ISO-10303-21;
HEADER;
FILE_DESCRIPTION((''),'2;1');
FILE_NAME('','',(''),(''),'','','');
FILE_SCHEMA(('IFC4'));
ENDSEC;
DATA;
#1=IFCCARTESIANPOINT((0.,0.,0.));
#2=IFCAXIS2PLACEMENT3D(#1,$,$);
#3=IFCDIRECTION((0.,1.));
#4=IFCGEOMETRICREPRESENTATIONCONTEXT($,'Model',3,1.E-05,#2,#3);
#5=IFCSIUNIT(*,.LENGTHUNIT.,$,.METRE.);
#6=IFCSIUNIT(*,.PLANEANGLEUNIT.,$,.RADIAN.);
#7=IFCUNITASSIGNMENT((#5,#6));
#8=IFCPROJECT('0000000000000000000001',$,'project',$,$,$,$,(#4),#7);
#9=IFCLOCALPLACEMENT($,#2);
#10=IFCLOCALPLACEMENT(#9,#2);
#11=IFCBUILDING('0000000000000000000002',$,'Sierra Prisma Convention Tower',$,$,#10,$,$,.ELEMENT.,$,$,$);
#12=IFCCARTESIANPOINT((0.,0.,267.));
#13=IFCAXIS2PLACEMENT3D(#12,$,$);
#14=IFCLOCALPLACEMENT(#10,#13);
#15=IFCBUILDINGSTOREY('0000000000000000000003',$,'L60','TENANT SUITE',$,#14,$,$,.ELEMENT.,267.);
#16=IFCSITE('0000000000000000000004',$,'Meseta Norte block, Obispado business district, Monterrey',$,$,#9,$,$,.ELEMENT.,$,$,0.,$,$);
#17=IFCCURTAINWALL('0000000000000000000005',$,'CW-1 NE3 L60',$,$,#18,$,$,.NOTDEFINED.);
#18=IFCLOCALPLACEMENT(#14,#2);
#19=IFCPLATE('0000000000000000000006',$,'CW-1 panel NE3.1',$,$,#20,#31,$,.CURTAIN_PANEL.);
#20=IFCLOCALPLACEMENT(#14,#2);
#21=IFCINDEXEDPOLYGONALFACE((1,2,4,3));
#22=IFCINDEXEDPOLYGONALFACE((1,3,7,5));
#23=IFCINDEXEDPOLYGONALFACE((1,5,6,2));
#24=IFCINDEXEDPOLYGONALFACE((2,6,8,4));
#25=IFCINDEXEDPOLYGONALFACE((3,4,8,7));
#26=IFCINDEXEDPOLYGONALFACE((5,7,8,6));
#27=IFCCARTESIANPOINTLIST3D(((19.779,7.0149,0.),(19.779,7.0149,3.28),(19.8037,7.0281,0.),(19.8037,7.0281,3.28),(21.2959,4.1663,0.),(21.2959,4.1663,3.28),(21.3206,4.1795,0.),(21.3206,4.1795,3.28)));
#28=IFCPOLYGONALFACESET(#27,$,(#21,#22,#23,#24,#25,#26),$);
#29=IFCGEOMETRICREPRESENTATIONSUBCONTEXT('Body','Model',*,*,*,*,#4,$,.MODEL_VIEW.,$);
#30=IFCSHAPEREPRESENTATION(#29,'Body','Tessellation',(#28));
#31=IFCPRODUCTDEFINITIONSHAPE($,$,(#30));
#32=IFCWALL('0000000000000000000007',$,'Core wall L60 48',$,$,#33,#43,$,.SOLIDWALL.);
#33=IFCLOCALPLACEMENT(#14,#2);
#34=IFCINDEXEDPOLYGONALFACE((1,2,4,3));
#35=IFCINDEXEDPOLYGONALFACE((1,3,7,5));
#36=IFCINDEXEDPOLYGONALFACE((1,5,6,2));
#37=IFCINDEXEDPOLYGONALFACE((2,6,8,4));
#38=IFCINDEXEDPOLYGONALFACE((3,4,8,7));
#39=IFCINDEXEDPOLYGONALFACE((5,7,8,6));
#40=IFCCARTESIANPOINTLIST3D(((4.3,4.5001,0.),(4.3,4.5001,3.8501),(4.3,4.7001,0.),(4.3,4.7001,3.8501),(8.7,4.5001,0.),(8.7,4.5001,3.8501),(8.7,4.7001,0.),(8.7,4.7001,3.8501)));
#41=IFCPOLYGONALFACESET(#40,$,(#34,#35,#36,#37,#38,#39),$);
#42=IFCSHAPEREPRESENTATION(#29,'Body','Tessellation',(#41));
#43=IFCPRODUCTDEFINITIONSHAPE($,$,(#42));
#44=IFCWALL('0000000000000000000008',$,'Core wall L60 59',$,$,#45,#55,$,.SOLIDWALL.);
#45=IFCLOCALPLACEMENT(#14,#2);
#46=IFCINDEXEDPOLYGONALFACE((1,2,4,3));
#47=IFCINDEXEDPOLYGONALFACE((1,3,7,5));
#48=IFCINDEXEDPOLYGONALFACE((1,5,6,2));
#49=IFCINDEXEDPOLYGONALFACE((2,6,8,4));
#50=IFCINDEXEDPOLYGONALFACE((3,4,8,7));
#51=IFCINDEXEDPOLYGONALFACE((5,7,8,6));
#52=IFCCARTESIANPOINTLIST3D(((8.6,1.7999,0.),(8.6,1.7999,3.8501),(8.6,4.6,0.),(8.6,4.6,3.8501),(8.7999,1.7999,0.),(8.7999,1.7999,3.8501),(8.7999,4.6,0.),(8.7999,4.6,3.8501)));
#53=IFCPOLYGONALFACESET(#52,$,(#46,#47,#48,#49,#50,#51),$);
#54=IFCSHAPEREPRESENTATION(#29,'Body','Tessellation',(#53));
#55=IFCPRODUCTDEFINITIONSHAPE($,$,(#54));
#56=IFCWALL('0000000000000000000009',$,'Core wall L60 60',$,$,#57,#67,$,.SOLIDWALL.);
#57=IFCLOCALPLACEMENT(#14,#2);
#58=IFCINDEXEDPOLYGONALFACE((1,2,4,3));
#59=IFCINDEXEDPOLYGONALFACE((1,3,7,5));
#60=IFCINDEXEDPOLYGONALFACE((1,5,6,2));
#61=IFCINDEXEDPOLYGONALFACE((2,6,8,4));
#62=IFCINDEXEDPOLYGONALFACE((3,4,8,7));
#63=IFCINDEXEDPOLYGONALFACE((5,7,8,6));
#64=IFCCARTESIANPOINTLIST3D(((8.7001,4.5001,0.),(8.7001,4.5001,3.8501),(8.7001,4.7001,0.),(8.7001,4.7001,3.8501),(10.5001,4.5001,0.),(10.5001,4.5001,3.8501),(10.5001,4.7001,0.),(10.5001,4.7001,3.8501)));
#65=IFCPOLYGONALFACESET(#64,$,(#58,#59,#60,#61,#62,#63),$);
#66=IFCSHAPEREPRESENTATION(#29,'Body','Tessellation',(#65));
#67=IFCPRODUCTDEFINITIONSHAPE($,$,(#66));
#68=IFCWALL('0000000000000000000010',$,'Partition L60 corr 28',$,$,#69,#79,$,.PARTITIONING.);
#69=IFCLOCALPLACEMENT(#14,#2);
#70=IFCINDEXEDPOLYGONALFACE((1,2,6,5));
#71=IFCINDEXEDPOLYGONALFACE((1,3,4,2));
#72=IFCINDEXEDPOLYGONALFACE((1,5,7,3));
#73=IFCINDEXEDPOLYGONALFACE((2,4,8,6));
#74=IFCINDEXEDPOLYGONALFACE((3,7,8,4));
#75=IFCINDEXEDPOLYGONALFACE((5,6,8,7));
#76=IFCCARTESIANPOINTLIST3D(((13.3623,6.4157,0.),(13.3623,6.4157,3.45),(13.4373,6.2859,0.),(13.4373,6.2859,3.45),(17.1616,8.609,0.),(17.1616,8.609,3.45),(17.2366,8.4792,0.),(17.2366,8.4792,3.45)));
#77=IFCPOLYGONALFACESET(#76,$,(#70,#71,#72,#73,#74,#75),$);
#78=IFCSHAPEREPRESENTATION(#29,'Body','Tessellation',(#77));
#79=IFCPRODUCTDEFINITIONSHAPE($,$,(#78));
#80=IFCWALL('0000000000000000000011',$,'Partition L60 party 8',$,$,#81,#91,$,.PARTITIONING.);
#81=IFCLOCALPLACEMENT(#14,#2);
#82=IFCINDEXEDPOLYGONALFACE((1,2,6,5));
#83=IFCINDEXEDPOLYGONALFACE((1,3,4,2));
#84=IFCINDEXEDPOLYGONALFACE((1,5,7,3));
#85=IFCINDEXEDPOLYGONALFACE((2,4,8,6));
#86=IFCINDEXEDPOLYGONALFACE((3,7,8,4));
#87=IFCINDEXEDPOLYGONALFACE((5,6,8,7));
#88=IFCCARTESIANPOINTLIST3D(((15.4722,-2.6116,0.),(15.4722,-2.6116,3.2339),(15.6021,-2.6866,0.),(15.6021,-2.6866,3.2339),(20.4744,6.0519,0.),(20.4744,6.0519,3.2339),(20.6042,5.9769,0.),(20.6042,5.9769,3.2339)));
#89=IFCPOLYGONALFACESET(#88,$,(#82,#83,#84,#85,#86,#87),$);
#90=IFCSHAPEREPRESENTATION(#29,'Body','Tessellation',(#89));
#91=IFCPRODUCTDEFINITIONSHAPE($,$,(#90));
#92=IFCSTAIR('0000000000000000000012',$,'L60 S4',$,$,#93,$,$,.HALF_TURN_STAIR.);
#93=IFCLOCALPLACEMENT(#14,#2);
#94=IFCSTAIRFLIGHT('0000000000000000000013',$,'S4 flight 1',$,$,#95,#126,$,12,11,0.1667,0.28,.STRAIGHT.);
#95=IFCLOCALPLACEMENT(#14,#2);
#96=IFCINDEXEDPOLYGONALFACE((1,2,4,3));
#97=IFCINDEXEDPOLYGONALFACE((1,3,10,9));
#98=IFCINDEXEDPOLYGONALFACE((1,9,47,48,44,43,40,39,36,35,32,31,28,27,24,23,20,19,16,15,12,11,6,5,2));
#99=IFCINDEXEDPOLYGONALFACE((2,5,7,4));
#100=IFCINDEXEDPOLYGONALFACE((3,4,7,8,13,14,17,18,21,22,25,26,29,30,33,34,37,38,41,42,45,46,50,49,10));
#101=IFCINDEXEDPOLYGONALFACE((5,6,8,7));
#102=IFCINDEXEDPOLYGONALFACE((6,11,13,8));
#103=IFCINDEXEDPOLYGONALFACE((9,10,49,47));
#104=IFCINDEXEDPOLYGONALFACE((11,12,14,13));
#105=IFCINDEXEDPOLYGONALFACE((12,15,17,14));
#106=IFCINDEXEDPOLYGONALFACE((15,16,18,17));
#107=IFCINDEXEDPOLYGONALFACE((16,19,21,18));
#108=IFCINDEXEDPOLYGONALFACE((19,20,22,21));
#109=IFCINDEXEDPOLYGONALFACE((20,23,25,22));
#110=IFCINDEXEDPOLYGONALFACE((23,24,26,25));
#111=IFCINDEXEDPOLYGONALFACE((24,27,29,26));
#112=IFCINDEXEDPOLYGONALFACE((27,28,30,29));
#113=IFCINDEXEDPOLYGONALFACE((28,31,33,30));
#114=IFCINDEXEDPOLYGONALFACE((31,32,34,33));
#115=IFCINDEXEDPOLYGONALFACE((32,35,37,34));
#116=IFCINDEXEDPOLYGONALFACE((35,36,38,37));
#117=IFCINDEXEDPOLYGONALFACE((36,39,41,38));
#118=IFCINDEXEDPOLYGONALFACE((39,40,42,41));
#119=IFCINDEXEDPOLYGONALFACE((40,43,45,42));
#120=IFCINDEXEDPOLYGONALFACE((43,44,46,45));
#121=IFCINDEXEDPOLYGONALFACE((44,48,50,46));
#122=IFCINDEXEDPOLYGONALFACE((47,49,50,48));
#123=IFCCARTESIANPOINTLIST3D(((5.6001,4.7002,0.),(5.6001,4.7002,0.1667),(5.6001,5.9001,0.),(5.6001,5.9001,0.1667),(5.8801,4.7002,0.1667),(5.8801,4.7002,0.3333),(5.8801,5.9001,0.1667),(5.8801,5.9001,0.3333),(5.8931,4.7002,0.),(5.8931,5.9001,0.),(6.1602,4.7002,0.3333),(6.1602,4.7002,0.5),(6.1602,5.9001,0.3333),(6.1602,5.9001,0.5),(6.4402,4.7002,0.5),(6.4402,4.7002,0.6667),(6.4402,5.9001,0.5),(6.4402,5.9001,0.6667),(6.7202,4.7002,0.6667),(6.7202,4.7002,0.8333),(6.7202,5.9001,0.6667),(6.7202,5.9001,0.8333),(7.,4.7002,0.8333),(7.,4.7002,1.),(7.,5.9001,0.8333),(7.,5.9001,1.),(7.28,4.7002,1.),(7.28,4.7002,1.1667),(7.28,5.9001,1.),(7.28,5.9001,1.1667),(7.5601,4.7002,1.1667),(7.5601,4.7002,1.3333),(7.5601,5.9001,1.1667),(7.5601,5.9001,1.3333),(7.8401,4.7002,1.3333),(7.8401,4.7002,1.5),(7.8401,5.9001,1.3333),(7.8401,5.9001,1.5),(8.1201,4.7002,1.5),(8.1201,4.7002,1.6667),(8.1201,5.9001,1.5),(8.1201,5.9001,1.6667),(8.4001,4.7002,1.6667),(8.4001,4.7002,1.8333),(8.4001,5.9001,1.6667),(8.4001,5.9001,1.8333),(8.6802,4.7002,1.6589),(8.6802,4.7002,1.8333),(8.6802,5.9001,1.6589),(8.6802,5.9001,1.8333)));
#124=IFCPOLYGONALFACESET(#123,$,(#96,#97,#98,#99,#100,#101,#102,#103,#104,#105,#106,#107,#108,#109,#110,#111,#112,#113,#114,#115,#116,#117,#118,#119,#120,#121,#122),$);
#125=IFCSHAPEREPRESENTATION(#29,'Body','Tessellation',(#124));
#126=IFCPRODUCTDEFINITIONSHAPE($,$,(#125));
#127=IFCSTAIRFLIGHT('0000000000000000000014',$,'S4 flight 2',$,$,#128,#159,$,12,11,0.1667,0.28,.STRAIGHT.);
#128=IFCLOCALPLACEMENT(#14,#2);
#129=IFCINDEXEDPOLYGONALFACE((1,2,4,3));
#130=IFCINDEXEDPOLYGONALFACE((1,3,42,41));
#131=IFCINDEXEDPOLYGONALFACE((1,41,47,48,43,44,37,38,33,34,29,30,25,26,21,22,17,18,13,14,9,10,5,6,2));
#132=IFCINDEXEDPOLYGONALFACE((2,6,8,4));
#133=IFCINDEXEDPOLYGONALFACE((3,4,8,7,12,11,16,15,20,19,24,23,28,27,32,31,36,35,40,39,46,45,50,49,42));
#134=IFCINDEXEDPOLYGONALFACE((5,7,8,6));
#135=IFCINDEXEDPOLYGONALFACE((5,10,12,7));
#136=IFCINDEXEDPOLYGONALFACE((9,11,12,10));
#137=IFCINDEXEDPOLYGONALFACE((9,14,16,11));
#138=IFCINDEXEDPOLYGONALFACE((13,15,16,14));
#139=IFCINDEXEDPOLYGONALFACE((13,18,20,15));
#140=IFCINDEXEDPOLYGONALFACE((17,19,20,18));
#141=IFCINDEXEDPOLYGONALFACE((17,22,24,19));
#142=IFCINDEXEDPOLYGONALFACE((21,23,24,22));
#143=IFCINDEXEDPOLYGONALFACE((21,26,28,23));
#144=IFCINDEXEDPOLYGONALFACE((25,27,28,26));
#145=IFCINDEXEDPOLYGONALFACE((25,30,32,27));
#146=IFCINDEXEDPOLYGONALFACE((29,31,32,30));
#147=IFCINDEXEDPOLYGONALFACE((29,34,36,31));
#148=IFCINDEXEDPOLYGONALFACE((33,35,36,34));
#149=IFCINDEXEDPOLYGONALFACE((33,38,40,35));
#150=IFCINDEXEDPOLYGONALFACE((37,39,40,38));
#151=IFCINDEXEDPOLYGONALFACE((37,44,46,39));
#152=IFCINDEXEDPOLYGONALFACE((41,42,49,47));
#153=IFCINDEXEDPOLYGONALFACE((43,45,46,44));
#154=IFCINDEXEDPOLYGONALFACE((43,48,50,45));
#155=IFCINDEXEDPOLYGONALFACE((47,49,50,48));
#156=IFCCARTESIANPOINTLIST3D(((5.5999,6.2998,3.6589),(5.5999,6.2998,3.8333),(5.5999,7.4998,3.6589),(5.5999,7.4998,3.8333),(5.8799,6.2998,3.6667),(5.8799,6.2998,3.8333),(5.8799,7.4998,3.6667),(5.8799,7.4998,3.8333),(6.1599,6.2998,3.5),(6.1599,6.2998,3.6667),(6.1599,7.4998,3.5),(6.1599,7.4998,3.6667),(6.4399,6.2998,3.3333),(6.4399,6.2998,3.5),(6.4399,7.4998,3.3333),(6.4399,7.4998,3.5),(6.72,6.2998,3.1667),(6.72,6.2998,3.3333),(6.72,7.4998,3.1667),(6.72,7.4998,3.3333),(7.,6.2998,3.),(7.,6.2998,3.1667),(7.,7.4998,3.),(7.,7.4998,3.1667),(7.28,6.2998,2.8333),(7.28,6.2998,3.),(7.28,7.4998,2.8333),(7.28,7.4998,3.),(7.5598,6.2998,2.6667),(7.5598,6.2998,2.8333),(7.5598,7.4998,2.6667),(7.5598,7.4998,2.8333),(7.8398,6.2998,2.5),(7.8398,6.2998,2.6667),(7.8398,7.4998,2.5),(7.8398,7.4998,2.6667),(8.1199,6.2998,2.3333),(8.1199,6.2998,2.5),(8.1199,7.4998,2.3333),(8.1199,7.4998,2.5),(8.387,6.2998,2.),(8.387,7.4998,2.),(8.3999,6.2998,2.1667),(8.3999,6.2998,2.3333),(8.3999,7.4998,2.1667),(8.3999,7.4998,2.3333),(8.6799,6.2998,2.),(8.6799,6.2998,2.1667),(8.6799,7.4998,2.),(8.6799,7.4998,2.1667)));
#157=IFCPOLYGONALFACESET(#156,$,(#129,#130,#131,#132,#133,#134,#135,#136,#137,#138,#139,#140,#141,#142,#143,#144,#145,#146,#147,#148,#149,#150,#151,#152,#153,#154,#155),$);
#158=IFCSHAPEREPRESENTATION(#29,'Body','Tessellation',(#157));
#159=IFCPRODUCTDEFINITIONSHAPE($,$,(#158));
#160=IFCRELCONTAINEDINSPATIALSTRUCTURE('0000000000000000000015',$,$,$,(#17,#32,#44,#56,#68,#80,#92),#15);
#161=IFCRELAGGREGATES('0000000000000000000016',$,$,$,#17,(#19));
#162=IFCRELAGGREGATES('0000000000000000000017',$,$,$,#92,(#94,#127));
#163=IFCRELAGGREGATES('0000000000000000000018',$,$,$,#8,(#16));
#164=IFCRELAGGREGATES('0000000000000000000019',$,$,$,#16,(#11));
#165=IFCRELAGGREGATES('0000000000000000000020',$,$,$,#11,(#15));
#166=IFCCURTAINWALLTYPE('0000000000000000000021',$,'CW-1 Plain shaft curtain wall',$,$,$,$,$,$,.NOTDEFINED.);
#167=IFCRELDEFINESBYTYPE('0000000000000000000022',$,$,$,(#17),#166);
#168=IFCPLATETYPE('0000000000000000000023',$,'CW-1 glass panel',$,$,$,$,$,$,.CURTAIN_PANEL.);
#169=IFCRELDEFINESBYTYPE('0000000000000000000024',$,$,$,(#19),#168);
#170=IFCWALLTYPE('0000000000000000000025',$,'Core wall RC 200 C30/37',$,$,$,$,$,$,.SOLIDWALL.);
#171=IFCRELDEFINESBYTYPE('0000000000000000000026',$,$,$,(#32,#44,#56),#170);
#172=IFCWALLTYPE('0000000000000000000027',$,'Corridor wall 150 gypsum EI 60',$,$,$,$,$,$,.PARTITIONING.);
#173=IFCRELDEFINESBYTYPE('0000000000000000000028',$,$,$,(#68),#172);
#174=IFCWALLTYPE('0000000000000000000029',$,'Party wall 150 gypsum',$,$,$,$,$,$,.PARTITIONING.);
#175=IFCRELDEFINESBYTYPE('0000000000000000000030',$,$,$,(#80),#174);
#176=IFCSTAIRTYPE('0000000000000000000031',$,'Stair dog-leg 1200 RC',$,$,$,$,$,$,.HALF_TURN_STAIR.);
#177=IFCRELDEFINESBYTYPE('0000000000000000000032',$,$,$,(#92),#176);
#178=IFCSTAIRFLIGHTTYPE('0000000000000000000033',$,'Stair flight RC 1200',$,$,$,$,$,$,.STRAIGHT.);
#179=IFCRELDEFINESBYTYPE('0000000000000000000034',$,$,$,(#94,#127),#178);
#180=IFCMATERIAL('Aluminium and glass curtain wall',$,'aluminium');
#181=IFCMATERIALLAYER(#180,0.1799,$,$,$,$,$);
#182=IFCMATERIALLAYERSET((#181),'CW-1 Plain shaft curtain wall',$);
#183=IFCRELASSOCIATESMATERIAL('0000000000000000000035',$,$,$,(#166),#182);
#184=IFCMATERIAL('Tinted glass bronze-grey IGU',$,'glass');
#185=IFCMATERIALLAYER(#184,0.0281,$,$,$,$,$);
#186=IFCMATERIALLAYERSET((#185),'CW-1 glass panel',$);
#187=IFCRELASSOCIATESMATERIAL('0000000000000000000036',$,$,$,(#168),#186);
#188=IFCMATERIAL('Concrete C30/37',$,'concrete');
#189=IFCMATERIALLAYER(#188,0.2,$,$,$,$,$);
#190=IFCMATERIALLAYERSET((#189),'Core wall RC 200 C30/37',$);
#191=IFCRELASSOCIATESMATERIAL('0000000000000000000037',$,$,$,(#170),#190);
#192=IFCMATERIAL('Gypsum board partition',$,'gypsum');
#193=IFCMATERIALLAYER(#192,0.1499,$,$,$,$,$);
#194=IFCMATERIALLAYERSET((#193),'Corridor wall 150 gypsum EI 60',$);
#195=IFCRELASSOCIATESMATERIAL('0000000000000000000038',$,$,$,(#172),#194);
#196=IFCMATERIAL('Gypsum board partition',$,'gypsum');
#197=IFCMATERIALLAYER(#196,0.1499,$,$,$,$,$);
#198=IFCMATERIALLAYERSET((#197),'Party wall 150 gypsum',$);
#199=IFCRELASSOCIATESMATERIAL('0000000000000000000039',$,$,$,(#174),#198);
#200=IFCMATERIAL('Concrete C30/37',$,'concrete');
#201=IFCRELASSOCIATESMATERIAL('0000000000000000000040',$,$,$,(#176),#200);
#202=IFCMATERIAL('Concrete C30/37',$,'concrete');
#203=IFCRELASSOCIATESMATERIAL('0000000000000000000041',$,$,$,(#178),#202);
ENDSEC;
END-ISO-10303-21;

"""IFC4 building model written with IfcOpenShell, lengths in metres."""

from ifc_helpers import new_model, si_unit, direction, frame, frame_2d, origin, origin_2d, place, context, subcontext, project, spatial, polyline, rectangle, outline, extrude, material, layer, layer_set, type_object, element, aggregate, save


model = new_model("IFC4")

# Units and contexts
model_context = context("Model", 3, precision=1e-05, world=origin(), true_north=direction((0.0, 1.0)))
body_context = subcontext(model_context, "Body", "Model", "MODEL_VIEW")
ifc_project = project(units=[si_unit("LENGTHUNIT", "METRE"), si_unit("PLANEANGLEUNIT", "RADIAN")], contexts=[model_context])

# Site, building, storey
site_placement = place(None, origin())
site = spatial("IfcSite", under=ifc_project, at=site_placement, Name="Meseta Norte block, Obispado business district, Monterrey", CompositionType="ELEMENT", RefElevation=0.0)
building_placement = place(site_placement, origin())
building = spatial("IfcBuilding", under=site, at=building_placement, Name="Sierra Prisma Convention Tower", CompositionType="ELEMENT")
storey_placement = place(building_placement, frame((0.0, 0.0, 267.0)))
storey = spatial("IfcBuildingStorey", under=building, at=storey_placement, Name="L60", Description="TENANT SUITE", CompositionType="ELEMENT", Elevation=267.0)

# Shared definitions
ifc_material_1 = material(Name="Aluminium and glass curtain wall", Category="aluminium")
ifc_layer_1 = layer(ifc_material_1, 0.1799)
ifc_layer_set_1 = layer_set([ifc_layer_1], Name="CW-1 Plain shaft curtain wall")
curtain_wall_type = type_object("IfcCurtainWallType", Name="CW-1 Plain shaft curtain wall", PredefinedType="NOTDEFINED", material=ifc_layer_set_1)

# Curtain wall
curtain_wall_1_placement = place(storey_placement, origin())
curtain_wall_1 = element("IfcCurtainWall", 1, at=curtain_wall_1_placement, inside=storey, type_object=curtain_wall_type, Name="CW-1 NE3 L60", PredefinedType="NOTDEFINED")

# Plate
ifc_material_2 = material(Name="Tinted glass bronze-grey IGU", Category="glass")
ifc_layer_2 = layer(ifc_material_2, 0.0281)
ifc_layer_set_2 = layer_set([ifc_layer_2], Name="CW-1 glass panel")
plate_type = type_object("IfcPlateType", Name="CW-1 glass panel", PredefinedType="CURTAIN_PANEL", material=ifc_layer_set_2)
plate_1_placement = place(storey_placement, frame((20.5498, 5.5972, 0.0), z_axis=(0.0, 0.0, 1.0), x_axis=(-0.470023, 0.882654, 0.0)))
plate_1 = element("IfcPlate", 2, at=plate_1_placement, type_object=plate_type, Name="CW-1 panel NE3.1", PredefinedType="CURTAIN_PANEL", context=body_context, shape_type="SweptSolid", body=[
    extrude(rectangle(XDim=3.2273, YDim=0.0281, at=origin_2d()), origin(), (0.0, 0.0, 1.0), 3.28),
])
aggregate(curtain_wall_1, [plate_1])

# Wall
ifc_material_3 = material(Name="Concrete C30/37", Category="concrete")
ifc_layer_3 = layer(ifc_material_3, 0.2)
ifc_layer_set_3 = layer_set([ifc_layer_3], Name="Core wall RC 200 C30/37")
wall_type_1 = type_object("IfcWallType", Name="Core wall RC 200 C30/37", PredefinedType="SOLIDWALL", material=ifc_layer_set_3)
wall_1_placement = place(storey_placement, frame((8.7, 4.6001, 0.0), z_axis=(0.0, 0.0, 1.0), x_axis=(-1.0, 0.0, 0.0)))
element("IfcWall", 3, at=wall_1_placement, inside=storey, type_object=wall_type_1, Name="Core wall L60 48", PredefinedType="SOLIDWALL", context=body_context, shape_type="SweptSolid", body=[
    extrude(rectangle(XDim=4.3999, YDim=0.2, at=frame_2d((2.2, 0.0))), origin(), (0.0, 0.0, 1.0), 3.8501),
])

# Walls
wall_2_placement = place(storey_placement, frame((8.7, 1.8, 0.0), z_axis=(0.0, 0.0, 1.0), x_axis=(0.0, 1.0, 0.0)))
element("IfcWall", 4, at=wall_2_placement, inside=storey, type_object=wall_type_1, Name="Core wall L60 59", PredefinedType="SOLIDWALL", context=body_context, shape_type="SweptSolid", body=[
    extrude(rectangle(XDim=2.8, YDim=0.2, at=frame_2d((1.3999, 0.0))), origin(), (0.0, 0.0, 1.0), 3.8501),
])
wall_3_placement = place(storey_placement, frame((10.5, 4.6001, 0.0), z_axis=(0.0, 0.0, 1.0), x_axis=(-1.0, 0.0, 0.0)))
element("IfcWall", 5, at=wall_3_placement, inside=storey, type_object=wall_type_1, Name="Core wall L60 60", PredefinedType="SOLIDWALL", context=body_context, shape_type="SweptSolid", body=[
    extrude(rectangle(XDim=1.8, YDim=0.2, at=frame_2d((0.8999, 0.0))), origin(), (0.0, 0.0, 1.0), 3.8501),
])
ifc_material_4 = material(Name="Gypsum board partition", Category="gypsum")
ifc_layer_4 = layer(ifc_material_4, 0.1499)
ifc_layer_set_4 = layer_set([ifc_layer_4], Name="Corridor wall 150 gypsum EI 60")
wall_type_2 = type_object("IfcWallType", Name="Corridor wall 150 gypsum EI 60", PredefinedType="PARTITIONING", material=ifc_layer_set_4)
wall_4_placement = place(storey_placement, frame((13.3999, 6.3508, 0.0), z_axis=(0.0, 0.0, 1.0), x_axis=(0.866043, 0.49997, 0.0)))
element("IfcWall", 6, at=wall_4_placement, inside=storey, type_object=wall_type_2, Name="Partition L60 corr 28", PredefinedType="PARTITIONING", context=body_context, shape_type="SweptSolid", body=[
    extrude(rectangle(XDim=4.387, YDim=0.1499, at=frame_2d((2.1934, 0.0))), origin(), (0.0, 0.0, 1.0), 3.45),
])
ifc_material_5 = material(Name="Gypsum board partition", Category="gypsum")
ifc_layer_5 = layer(ifc_material_5, 0.1499)
ifc_layer_set_5 = layer_set([ifc_layer_5], Name="Party wall 150 gypsum")
wall_type_3 = type_object("IfcWallType", Name="Party wall 150 gypsum", PredefinedType="PARTITIONING", material=ifc_layer_set_5)
wall_5_placement = place(storey_placement, frame((20.5393, 6.0144, 0.0), z_axis=(0.0, 0.0, 1.0), x_axis=(-0.500021, -0.866013, 0.0)))
element("IfcWall", 7, at=wall_5_placement, inside=storey, type_object=wall_type_3, Name="Partition L60 party 8", PredefinedType="PARTITIONING", context=body_context, shape_type="SweptSolid", body=[
    extrude(rectangle(XDim=10.0039, YDim=0.1499, at=frame_2d((5.002, 0.0))), origin(), (0.0, 0.0, 1.0), 3.2339),
])

# Stair, stair flights
ifc_material_6 = material(Name="Concrete C30/37", Category="concrete")
stair_type = type_object("IfcStairType", Name="Stair dog-leg 1200 RC", PredefinedType="HALF_TURN_STAIR", material=ifc_material_6)
stair_placement = place(storey_placement, origin())
stair = element("IfcStair", 8, at=stair_placement, inside=storey, type_object=stair_type, Name="L60 S4", PredefinedType="HALF_TURN_STAIR")
ifc_material_7 = material(Name="Concrete C30/37", Category="concrete")
stair_flight_type = type_object("IfcStairFlightType", Name="Stair flight RC 1200", PredefinedType="STRAIGHT", material=ifc_material_7)
stair_flight_1_placement = place(storey_placement, frame((5.6001, 5.3, 0.0), z_axis=(0.0, 0.0, 1.0), x_axis=(1.0, 0.0, 0.0)))
stair_flight_1 = element("IfcStairFlight", 9, at=stair_flight_1_placement, type_object=stair_flight_type, Name="S4 flight 1", NumberOfRisers=12, NumberOfTreads=11, PredefinedType="STRAIGHT", RiserHeight=0.1667, TreadLength=0.28, context=body_context, shape_type="SweptSolid", body=[
    extrude(outline(polyline([(0.0, 0.0), (0.0, 0.1667), (0.28, 0.1667), (0.28, 0.3333), (0.5601, 0.3333), (0.5601, 0.5), (0.8401, 0.5), (0.8401, 0.6667), (1.1201, 0.6667), (1.1201, 0.8333), (1.3999, 0.8333), (1.3999, 1.0), (1.6799, 1.0), (1.6799, 1.1667), (1.96, 1.1667), (1.96, 1.3333), (2.24, 1.3333), (2.24, 1.5), (2.52, 1.5), (2.52, 1.6667), (2.8, 1.6667), (2.8, 1.8333), (3.0801, 1.8333), (3.0801, 2.0), (3.0801, 1.6589), (0.293, 0.0), (0.0, 0.0)])), frame((0.0, 0.6001, 0.0), z_axis=(0.0, -1.0, 0.0), x_axis=(1.0, 0.0, 0.0)), (0.0, 0.0, 1.0), 1.2),
])
stair_flight_2_placement = place(storey_placement, frame((8.6799, 6.8999, 2.0), z_axis=(0.0, 0.0, 1.0), x_axis=(-1.0, 0.0, 0.0)))
stair_flight_2 = element("IfcStairFlight", 10, at=stair_flight_2_placement, type_object=stair_flight_type, Name="S4 flight 2", NumberOfRisers=12, NumberOfTreads=11, PredefinedType="STRAIGHT", RiserHeight=0.1667, TreadLength=0.28, context=body_context, shape_type="SweptSolid", body=[
    extrude(outline(polyline([(0.0, 0.0), (0.0, 0.1667), (0.28, 0.1667), (0.28, 0.3333), (0.5601, 0.3333), (0.5601, 0.5), (0.8401, 0.5), (0.8401, 0.6667), (1.1201, 0.6667), (1.1201, 0.8333), (1.3999, 0.8333), (1.3999, 1.0), (1.6799, 1.0), (1.6799, 1.1667), (1.96, 1.1667), (1.96, 1.3333), (2.24, 1.3333), (2.24, 1.5), (2.52, 1.5), (2.52, 1.6667), (2.8, 1.6667), (2.8, 1.8333), (3.0801, 1.8333), (3.0801, 2.0), (3.0801, 1.6589), (0.293, 0.0), (0.0, 0.0)])), frame((0.0, 0.6001, 0.0), z_axis=(0.0, -1.0, 0.0), x_axis=(1.0, 0.0, 0.0)), (0.0, 0.0, 1.0), 1.2),
])
aggregate(stair, [stair_flight_1, stair_flight_2])

save(model, "model.ifc")
